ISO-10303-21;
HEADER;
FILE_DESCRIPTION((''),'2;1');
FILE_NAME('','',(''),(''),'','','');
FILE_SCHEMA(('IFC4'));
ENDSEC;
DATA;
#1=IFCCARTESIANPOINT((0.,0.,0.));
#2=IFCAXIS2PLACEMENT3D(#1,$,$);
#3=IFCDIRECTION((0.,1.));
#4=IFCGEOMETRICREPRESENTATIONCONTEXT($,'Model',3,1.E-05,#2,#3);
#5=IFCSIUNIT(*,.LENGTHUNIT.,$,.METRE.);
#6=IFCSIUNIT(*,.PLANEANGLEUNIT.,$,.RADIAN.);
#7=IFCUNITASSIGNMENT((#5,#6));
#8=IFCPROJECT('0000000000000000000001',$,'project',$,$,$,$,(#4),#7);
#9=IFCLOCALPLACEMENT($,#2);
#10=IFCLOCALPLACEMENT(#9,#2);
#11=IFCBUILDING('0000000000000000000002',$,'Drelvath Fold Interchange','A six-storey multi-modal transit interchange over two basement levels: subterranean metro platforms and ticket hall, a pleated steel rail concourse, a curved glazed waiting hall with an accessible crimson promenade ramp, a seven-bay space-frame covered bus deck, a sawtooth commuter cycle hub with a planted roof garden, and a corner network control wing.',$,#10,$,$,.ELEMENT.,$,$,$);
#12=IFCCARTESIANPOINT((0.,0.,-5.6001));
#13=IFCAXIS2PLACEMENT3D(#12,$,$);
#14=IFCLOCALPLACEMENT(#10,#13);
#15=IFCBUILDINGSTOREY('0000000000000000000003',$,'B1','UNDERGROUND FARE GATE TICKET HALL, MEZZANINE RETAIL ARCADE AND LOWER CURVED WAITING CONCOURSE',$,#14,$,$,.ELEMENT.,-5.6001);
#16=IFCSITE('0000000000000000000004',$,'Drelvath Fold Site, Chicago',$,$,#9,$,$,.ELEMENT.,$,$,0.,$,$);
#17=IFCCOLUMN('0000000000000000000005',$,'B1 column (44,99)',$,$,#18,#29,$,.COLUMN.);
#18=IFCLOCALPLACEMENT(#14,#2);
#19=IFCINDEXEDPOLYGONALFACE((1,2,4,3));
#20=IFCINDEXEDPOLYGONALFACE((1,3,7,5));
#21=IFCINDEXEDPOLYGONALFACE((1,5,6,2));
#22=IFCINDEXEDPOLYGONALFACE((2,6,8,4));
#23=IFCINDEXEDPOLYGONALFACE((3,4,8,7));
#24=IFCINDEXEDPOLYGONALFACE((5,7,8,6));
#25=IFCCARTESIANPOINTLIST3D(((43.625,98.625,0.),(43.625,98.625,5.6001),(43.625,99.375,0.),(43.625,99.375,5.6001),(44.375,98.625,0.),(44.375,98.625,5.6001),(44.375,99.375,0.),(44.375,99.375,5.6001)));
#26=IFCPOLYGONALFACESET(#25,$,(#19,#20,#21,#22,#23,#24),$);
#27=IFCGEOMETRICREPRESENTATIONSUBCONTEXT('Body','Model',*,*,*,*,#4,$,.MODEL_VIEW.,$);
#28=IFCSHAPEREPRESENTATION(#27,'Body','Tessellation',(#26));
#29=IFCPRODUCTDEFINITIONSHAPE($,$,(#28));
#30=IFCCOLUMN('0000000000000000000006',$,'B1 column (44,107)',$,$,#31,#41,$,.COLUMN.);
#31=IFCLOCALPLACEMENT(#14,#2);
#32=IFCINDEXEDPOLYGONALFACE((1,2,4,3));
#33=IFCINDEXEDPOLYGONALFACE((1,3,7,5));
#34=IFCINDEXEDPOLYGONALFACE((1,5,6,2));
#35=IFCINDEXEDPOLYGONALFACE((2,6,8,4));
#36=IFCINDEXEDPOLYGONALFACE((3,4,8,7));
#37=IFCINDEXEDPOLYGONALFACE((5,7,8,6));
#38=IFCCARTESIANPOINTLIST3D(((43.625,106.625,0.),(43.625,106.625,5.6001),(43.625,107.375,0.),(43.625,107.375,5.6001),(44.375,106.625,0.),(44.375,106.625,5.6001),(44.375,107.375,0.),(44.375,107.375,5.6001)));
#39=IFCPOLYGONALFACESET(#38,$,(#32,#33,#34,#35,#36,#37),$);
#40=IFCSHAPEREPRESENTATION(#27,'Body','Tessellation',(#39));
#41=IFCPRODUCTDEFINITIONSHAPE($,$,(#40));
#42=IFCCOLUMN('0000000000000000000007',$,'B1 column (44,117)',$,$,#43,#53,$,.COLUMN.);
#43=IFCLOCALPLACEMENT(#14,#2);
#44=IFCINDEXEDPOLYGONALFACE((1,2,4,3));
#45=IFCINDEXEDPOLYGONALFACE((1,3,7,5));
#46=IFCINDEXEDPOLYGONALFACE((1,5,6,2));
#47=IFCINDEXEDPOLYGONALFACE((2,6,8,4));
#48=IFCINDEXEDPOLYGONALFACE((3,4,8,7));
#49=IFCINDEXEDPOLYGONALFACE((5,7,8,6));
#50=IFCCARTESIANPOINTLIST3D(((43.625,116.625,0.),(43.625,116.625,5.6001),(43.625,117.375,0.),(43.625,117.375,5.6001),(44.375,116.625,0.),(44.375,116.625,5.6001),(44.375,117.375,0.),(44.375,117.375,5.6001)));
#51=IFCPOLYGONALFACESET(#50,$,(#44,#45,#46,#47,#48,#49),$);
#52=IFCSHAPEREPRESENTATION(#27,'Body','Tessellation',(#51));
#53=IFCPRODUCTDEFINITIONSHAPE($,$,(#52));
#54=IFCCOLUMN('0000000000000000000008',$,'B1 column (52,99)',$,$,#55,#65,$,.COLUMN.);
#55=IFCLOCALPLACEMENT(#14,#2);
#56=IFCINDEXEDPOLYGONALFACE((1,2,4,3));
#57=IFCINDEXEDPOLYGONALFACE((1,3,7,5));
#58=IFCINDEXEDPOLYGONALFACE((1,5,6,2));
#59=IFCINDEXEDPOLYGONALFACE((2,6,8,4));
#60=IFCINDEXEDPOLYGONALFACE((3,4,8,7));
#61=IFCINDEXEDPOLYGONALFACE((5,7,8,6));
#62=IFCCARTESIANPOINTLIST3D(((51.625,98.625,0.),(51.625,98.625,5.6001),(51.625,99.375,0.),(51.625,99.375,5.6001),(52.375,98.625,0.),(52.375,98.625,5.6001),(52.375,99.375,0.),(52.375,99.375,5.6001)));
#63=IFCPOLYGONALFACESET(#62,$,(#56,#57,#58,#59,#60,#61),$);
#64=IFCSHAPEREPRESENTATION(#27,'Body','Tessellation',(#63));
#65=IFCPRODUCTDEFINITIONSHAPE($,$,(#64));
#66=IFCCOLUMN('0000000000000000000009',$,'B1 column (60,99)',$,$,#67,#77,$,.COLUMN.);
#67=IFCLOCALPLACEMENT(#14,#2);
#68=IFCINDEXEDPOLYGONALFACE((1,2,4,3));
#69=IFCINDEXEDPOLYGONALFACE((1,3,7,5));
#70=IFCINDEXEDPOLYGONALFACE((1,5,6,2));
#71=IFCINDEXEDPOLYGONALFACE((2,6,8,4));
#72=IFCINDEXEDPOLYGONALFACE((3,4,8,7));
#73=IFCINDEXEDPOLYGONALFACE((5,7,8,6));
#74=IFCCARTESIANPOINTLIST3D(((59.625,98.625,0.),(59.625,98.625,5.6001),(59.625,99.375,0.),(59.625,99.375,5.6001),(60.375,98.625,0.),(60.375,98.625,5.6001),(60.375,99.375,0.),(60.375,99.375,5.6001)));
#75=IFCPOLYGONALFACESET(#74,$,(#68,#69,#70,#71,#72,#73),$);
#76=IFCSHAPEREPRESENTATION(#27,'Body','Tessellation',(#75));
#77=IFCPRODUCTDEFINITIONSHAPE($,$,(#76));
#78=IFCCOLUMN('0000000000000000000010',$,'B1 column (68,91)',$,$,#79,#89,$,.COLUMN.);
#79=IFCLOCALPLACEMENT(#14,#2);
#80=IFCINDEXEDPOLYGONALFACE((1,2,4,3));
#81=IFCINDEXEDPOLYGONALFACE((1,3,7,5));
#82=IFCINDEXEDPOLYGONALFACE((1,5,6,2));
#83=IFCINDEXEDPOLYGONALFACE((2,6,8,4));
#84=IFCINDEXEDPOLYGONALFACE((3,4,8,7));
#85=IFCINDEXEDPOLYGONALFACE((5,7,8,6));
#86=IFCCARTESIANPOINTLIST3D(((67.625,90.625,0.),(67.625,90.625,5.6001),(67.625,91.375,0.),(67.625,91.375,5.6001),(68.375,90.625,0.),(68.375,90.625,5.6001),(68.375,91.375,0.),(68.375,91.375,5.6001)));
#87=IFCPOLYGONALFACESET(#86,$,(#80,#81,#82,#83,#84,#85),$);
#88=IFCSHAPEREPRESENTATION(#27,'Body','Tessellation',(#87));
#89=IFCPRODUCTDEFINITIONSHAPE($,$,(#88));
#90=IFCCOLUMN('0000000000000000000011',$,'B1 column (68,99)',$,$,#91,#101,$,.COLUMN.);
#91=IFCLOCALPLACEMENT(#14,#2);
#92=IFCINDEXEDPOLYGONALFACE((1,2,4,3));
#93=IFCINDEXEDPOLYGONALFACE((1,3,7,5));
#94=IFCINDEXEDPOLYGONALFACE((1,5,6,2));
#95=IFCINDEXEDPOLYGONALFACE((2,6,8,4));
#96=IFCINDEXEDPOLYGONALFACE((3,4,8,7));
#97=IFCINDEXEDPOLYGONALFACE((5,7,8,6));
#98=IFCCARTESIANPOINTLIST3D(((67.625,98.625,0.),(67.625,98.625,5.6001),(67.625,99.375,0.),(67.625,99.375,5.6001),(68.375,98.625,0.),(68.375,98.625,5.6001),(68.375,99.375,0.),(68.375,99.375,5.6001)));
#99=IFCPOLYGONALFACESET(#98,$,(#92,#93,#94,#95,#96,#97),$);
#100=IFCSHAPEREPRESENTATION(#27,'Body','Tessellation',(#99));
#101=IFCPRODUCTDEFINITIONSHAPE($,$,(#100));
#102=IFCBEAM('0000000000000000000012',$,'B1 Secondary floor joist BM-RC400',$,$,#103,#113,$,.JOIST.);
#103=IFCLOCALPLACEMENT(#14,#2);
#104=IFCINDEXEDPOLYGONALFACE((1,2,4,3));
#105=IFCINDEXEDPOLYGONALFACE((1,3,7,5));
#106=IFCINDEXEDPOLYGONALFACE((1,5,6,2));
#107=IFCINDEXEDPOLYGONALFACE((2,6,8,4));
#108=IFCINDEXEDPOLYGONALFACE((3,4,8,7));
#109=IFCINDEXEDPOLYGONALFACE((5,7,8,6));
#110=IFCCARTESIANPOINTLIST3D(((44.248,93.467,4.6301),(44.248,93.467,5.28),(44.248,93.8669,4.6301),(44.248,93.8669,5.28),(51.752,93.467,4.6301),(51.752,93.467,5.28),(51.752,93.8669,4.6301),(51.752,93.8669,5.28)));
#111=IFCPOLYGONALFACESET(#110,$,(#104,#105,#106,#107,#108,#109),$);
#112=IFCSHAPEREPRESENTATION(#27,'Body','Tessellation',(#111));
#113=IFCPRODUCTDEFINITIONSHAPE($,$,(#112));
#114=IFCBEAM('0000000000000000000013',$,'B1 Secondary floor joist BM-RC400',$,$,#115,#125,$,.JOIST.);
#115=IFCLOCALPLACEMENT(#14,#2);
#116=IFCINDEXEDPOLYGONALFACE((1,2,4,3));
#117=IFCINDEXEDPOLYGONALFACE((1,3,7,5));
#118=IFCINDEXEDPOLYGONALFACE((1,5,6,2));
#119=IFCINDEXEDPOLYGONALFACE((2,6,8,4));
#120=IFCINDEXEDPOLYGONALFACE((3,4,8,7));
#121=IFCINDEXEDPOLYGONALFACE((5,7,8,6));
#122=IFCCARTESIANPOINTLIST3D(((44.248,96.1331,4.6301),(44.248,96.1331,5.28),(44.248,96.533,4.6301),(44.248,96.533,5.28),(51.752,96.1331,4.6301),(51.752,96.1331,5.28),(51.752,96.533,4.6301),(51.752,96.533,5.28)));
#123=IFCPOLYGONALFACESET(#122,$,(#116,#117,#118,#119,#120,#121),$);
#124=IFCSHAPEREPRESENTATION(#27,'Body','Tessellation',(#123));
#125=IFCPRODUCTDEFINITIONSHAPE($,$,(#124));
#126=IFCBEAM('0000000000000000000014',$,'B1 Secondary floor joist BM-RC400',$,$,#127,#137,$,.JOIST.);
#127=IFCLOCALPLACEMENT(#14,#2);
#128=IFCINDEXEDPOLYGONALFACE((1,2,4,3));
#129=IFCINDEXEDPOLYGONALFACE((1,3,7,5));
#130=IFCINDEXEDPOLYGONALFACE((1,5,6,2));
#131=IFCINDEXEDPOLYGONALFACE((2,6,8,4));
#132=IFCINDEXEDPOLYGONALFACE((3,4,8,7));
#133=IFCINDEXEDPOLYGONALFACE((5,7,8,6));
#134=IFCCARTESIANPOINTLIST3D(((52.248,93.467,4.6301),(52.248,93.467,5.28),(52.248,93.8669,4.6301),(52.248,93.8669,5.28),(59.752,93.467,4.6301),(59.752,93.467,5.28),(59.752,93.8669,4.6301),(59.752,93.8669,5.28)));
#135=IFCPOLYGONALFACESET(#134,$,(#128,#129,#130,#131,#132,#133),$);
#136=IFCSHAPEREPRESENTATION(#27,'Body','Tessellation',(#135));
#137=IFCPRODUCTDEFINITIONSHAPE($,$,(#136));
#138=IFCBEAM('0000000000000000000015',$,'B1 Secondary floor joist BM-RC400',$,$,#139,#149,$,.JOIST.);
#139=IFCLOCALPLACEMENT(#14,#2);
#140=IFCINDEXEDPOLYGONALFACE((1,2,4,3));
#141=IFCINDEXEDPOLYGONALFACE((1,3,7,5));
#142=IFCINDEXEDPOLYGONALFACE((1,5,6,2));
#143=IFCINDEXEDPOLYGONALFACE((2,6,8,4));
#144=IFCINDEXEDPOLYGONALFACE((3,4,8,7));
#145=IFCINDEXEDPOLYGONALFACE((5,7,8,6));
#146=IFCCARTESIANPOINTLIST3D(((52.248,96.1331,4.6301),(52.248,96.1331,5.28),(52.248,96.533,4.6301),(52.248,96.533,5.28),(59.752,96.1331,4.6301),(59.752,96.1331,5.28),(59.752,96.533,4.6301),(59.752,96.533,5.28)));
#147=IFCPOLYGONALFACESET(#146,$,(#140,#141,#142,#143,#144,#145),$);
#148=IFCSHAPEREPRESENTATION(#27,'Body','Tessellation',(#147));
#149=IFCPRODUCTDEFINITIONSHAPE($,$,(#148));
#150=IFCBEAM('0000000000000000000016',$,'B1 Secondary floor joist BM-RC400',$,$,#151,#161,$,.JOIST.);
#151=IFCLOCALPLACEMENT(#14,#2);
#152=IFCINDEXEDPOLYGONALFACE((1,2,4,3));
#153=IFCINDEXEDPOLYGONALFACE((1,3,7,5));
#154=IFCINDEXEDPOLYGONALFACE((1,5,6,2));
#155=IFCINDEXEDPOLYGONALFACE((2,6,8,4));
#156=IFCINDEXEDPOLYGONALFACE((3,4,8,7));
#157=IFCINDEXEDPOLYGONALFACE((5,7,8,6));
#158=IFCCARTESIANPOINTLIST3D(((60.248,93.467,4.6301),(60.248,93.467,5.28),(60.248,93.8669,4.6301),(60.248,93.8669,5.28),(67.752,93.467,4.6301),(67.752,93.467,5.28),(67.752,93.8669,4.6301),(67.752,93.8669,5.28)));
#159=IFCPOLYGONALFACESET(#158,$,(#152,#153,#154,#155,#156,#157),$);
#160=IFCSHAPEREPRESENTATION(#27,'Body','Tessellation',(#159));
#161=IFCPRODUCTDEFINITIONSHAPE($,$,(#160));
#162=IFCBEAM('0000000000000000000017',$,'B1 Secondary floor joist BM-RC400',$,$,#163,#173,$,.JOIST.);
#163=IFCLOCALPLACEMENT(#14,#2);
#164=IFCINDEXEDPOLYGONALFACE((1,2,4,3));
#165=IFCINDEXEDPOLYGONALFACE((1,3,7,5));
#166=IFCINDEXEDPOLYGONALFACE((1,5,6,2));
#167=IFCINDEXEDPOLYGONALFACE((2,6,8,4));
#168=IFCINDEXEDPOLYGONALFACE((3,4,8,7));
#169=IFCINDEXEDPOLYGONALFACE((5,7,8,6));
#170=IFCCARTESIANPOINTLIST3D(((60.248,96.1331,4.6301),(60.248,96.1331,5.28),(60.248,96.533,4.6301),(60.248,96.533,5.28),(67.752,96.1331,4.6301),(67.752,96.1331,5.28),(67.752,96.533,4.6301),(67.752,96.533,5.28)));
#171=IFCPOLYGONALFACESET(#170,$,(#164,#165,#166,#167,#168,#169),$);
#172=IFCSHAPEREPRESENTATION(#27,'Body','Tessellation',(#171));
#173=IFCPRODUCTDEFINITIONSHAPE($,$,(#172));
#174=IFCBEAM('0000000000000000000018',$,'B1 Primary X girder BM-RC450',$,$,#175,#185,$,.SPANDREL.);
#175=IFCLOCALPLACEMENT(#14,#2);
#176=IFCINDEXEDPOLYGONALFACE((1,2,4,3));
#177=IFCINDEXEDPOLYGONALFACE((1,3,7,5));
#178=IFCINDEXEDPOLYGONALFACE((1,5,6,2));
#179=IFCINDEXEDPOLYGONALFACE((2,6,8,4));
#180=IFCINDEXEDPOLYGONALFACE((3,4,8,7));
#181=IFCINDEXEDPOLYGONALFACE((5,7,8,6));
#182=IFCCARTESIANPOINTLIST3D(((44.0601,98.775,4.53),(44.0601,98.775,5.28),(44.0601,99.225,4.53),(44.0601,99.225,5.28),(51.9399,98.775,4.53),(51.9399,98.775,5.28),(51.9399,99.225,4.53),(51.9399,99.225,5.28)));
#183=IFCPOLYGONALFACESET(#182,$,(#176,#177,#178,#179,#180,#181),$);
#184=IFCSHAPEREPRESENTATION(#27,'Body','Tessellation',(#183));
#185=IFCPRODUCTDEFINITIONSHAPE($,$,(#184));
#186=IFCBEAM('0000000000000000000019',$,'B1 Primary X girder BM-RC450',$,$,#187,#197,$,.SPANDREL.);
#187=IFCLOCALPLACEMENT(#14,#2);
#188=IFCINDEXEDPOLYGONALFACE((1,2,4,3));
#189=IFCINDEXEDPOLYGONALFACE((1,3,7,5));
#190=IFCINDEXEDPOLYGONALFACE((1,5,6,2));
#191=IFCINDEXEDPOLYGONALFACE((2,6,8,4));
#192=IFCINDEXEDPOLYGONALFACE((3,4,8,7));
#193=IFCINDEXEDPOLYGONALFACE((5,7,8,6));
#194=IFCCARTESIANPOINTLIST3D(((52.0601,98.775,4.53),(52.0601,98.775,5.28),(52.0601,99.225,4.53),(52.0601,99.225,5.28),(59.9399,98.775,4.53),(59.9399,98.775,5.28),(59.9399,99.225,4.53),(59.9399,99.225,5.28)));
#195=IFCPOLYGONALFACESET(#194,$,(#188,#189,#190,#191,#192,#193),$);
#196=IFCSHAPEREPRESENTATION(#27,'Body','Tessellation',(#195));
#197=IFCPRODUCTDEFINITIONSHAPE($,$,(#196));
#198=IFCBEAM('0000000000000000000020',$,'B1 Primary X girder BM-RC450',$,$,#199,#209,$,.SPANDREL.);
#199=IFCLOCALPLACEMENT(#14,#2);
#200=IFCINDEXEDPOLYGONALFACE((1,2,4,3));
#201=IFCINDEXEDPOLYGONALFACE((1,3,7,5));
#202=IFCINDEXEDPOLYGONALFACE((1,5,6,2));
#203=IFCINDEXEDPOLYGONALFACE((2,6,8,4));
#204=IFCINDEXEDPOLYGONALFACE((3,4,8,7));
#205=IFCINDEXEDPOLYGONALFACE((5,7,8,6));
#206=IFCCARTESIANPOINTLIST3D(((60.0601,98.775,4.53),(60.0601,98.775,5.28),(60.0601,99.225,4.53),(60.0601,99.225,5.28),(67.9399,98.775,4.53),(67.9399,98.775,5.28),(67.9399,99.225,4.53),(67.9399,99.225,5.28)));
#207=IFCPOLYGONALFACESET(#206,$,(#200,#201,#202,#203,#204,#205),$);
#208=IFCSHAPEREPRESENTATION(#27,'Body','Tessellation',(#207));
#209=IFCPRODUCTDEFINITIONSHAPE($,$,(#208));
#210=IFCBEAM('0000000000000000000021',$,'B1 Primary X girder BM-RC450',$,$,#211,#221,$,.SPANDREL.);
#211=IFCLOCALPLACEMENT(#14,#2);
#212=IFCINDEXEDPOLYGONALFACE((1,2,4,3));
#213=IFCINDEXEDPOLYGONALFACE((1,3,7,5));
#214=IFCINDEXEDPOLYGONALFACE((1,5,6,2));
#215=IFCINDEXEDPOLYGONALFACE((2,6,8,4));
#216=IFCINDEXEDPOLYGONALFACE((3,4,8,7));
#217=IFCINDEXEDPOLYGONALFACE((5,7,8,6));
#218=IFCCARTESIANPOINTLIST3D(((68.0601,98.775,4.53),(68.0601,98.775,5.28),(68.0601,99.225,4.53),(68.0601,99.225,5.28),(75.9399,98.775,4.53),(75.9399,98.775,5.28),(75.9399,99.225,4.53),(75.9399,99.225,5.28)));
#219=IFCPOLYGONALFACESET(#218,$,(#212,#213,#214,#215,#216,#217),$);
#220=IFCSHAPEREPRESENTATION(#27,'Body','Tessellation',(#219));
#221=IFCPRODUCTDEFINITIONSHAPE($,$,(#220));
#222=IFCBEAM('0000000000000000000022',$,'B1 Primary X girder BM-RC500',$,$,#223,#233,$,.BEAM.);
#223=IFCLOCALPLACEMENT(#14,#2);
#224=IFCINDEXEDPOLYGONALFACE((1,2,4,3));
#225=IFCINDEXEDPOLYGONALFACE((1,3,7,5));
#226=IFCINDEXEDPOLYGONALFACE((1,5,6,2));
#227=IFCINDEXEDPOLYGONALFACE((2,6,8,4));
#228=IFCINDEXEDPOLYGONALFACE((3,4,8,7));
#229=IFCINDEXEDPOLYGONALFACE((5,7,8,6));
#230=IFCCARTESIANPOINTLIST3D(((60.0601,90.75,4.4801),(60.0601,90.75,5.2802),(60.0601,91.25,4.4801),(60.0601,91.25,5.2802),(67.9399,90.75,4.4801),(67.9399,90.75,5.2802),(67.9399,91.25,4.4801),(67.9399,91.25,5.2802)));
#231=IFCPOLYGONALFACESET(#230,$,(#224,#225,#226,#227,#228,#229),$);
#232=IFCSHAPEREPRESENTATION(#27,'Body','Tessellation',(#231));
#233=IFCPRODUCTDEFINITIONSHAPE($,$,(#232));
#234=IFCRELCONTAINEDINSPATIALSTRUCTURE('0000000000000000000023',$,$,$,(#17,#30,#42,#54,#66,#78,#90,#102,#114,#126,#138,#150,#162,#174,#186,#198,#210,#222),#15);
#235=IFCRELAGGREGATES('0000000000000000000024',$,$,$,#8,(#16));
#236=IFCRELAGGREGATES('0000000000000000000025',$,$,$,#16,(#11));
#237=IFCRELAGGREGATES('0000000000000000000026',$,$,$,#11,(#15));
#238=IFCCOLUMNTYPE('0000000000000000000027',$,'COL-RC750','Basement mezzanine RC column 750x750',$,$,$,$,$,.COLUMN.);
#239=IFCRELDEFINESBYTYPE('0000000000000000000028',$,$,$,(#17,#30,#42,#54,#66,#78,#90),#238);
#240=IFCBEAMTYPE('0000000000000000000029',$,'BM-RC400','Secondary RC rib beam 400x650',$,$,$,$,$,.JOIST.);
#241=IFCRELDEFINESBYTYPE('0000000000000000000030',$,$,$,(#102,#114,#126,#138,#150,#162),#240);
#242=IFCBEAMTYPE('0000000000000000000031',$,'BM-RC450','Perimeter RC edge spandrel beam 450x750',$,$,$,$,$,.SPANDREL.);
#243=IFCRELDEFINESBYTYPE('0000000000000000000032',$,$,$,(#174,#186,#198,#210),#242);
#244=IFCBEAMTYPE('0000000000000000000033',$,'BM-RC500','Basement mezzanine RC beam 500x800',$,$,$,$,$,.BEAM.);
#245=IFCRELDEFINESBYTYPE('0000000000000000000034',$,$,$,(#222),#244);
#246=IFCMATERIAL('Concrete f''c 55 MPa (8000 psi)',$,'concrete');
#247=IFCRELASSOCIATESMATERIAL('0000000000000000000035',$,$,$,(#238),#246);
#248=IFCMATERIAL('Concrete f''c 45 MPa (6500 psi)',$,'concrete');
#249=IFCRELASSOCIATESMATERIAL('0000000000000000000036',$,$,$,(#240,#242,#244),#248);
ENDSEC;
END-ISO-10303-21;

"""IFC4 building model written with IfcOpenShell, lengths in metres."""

from ifc_helpers import new_model, si_unit, direction, frame, origin, origin_2d, place, context, subcontext, project, spatial, rectangle, extrude, material, material_profile, profile_set, type_object, element, save


model = new_model("IFC4")

# Units and contexts
model_context = context("Model", 3, precision=1e-05, world=origin(), true_north=direction((0.0, 1.0)))
body_context = subcontext(model_context, "Body", "Model", "MODEL_VIEW")
ifc_project = project(units=[si_unit("LENGTHUNIT", "METRE"), si_unit("PLANEANGLEUNIT", "RADIAN")], contexts=[model_context])

# Site, building, storey
site_placement = place(None, origin())
site = spatial("IfcSite", under=ifc_project, at=site_placement, Name="Drelvath Fold Site, Chicago", CompositionType="ELEMENT", RefElevation=0.0)
building_placement = place(site_placement, origin())
building = spatial("IfcBuilding", under=site, at=building_placement, Name="Drelvath Fold Interchange", Description="A six-storey multi-modal transit interchange over two basement levels: subterranean metro platforms and ticket hall, a pleated steel rail concourse, a curved glazed waiting hall with an accessible crimson promenade ramp, a seven-bay space-frame covered bus deck, a sawtooth commuter cycle hub with a planted roof garden, and a corner network control wing.", CompositionType="ELEMENT")
storey_placement = place(building_placement, frame((0.0, 0.0, -5.6001)))
storey = spatial("IfcBuildingStorey", under=building, at=storey_placement, Name="B1", Description="UNDERGROUND FARE GATE TICKET HALL, MEZZANINE RETAIL ARCADE AND LOWER CURVED WAITING CONCOURSE", CompositionType="ELEMENT", Elevation=-5.6001)

# Columns
ifc_material_1 = material(Name="Concrete f'c 55 MPa (8000 psi)", Category="concrete")
ifc_material_profile_1 = material_profile(ifc_material_1, rectangle(XDim=0.75, YDim=0.75, at=origin_2d()), Name="RC 750x750")
ifc_profile_set_1 = profile_set([ifc_material_profile_1], Name="Concrete f'c 55 MPa (8000 psi)")
column_type = type_object("IfcColumnType", Name="COL-RC750", Description="Basement mezzanine RC column 750x750", PredefinedType="COLUMN", material=ifc_profile_set_1)
for number, where, z_axis, x_axis, name in (
    (1, (44.0, 99.0, 0.0), (0.0, 0.0, 1.0), (1.0, 0.0, 0.0), "B1 column (44,99)"),
    (2, (44.0, 107.0, 0.0), (0.0, 0.0, 1.0), (1.0, 0.0, 0.0), "B1 column (44,107)"),
    (3, (44.0, 117.0, 0.0), (0.0, 0.0, 1.0), (1.0, 0.0, 0.0), "B1 column (44,117)"),
    (4, (52.0, 99.0, 0.0), (0.0, 0.0, 1.0), (1.0, 0.0, 0.0), "B1 column (52,99)"),
    (5, (60.0, 99.0, 0.0), (0.0, 0.0, 1.0), (1.0, 0.0, 0.0), "B1 column (60,99)"),
    (6, (68.0, 91.0, 0.0), (0.0, 0.0, 1.0), (1.0, 0.0, 0.0), "B1 column (68,91)"),
    (7, (68.0, 99.0, 0.0), (0.0, 0.0, 1.0), (1.0, 0.0, 0.0), "B1 column (68,99)"),
):
    element("IfcColumn", number, at=place(storey_placement, frame(where, z_axis=z_axis, x_axis=x_axis)), inside=storey, type_object=column_type, Name=name, PredefinedType="COLUMN", context=body_context, shape_type="SweptSolid", body=[
        extrude(rectangle(XDim=0.75, YDim=0.75, at=origin_2d()), origin(), (0.0, 0.0, 1.0), 5.6001),
    ])

# Beams
ifc_material_2 = material(Name="Concrete f'c 45 MPa (6500 psi)", Category="concrete")
ifc_material_profile_2 = material_profile(ifc_material_2, rectangle(XDim=0.3999, YDim=0.6499, at=origin_2d()), Name="RC 400x650")
ifc_profile_set_2 = profile_set([ifc_material_profile_2], Name="Concrete f'c 45 MPa (6500 psi)")
beam_type_1 = type_object("IfcBeamType", Name="BM-RC400", Description="Secondary RC rib beam 400x650", PredefinedType="JOIST", material=ifc_profile_set_2)
for number, where, z_axis, x_axis, name in (
    (8, (44.248, 93.667, 4.9551), (1.0, 0.0, 0.0), (0.0, 1.0, 0.0), "B1 Secondary floor joist BM-RC400"),
    (9, (44.248, 96.333, 4.9551), (1.0, 0.0, 0.0), (0.0, 1.0, 0.0), "B1 Secondary floor joist BM-RC400"),
    (10, (52.248, 93.667, 4.9551), (1.0, 0.0, 0.0), (0.0, 1.0, 0.0), "B1 Secondary floor joist BM-RC400"),
    (11, (52.248, 96.333, 4.9551), (1.0, 0.0, 0.0), (0.0, 1.0, 0.0), "B1 Secondary floor joist BM-RC400"),
    (12, (60.248, 93.667, 4.9551), (1.0, 0.0, 0.0), (0.0, 1.0, 0.0), "B1 Secondary floor joist BM-RC400"),
    (13, (60.248, 96.333, 4.9551), (1.0, 0.0, 0.0), (0.0, 1.0, 0.0), "B1 Secondary floor joist BM-RC400"),
):
    element("IfcBeam", number, at=place(storey_placement, frame(where, z_axis=z_axis, x_axis=x_axis)), inside=storey, type_object=beam_type_1, Name=name, PredefinedType="JOIST", context=body_context, shape_type="SweptSolid", body=[
        extrude(rectangle(XDim=0.3999, YDim=0.6499, at=origin_2d()), origin(), (0.0, 0.0, 1.0), 7.5039),
    ])
ifc_material_profile_3 = material_profile(ifc_material_2, rectangle(XDim=0.45, YDim=0.75, at=origin_2d()), Name="RC 450x750")
ifc_profile_set_3 = profile_set([ifc_material_profile_3], Name="Concrete f'c 45 MPa (6500 psi)")
beam_type_2 = type_object("IfcBeamType", Name="BM-RC450", Description="Perimeter RC edge spandrel beam 450x750", PredefinedType="SPANDREL", material=ifc_profile_set_3)
for number, where, z_axis, x_axis, name in (
    (14, (44.0601, 99.0, 4.905), (1.0, 0.0, 0.0), (0.0, 1.0, 0.0), "B1 Primary X girder BM-RC450"),
    (15, (52.0601, 99.0, 4.905), (1.0, 0.0, 0.0), (0.0, 1.0, 0.0), "B1 Primary X girder BM-RC450"),
    (16, (60.0601, 99.0, 4.905), (1.0, 0.0, 0.0), (0.0, 1.0, 0.0), "B1 Primary X girder BM-RC450"),
    (17, (68.0601, 99.0, 4.905), (1.0, 0.0, 0.0), (0.0, 1.0, 0.0), "B1 Primary X girder BM-RC450"),
):
    element("IfcBeam", number, at=place(storey_placement, frame(where, z_axis=z_axis, x_axis=x_axis)), inside=storey, type_object=beam_type_2, Name=name, PredefinedType="SPANDREL", context=body_context, shape_type="SweptSolid", body=[
        extrude(rectangle(XDim=0.45, YDim=0.75, at=origin_2d()), origin(), (0.0, 0.0, 1.0), 7.8799),
    ])
ifc_material_profile_4 = material_profile(ifc_material_2, rectangle(XDim=0.5, YDim=0.8, at=origin_2d()), Name="RC 500x800")
ifc_profile_set_4 = profile_set([ifc_material_profile_4], Name="Concrete f'c 45 MPa (6500 psi)")
beam_type_3 = type_object("IfcBeamType", Name="BM-RC500", Description="Basement mezzanine RC beam 500x800", PredefinedType="BEAM", material=ifc_profile_set_4)
for number, where, z_axis, x_axis, name in (
    (18, (60.0601, 91.0, 4.8801), (1.0, 0.0, 0.0), (0.0, 1.0, 0.0), "B1 Primary X girder BM-RC500"),
):
    element("IfcBeam", number, at=place(storey_placement, frame(where, z_axis=z_axis, x_axis=x_axis)), inside=storey, type_object=beam_type_3, Name=name, PredefinedType="BEAM", context=body_context, shape_type="SweptSolid", body=[
        extrude(rectangle(XDim=0.5, YDim=0.8, at=origin_2d()), origin(), (0.0, 0.0, 1.0), 7.8799),
    ])

save(model, "model.ifc")
